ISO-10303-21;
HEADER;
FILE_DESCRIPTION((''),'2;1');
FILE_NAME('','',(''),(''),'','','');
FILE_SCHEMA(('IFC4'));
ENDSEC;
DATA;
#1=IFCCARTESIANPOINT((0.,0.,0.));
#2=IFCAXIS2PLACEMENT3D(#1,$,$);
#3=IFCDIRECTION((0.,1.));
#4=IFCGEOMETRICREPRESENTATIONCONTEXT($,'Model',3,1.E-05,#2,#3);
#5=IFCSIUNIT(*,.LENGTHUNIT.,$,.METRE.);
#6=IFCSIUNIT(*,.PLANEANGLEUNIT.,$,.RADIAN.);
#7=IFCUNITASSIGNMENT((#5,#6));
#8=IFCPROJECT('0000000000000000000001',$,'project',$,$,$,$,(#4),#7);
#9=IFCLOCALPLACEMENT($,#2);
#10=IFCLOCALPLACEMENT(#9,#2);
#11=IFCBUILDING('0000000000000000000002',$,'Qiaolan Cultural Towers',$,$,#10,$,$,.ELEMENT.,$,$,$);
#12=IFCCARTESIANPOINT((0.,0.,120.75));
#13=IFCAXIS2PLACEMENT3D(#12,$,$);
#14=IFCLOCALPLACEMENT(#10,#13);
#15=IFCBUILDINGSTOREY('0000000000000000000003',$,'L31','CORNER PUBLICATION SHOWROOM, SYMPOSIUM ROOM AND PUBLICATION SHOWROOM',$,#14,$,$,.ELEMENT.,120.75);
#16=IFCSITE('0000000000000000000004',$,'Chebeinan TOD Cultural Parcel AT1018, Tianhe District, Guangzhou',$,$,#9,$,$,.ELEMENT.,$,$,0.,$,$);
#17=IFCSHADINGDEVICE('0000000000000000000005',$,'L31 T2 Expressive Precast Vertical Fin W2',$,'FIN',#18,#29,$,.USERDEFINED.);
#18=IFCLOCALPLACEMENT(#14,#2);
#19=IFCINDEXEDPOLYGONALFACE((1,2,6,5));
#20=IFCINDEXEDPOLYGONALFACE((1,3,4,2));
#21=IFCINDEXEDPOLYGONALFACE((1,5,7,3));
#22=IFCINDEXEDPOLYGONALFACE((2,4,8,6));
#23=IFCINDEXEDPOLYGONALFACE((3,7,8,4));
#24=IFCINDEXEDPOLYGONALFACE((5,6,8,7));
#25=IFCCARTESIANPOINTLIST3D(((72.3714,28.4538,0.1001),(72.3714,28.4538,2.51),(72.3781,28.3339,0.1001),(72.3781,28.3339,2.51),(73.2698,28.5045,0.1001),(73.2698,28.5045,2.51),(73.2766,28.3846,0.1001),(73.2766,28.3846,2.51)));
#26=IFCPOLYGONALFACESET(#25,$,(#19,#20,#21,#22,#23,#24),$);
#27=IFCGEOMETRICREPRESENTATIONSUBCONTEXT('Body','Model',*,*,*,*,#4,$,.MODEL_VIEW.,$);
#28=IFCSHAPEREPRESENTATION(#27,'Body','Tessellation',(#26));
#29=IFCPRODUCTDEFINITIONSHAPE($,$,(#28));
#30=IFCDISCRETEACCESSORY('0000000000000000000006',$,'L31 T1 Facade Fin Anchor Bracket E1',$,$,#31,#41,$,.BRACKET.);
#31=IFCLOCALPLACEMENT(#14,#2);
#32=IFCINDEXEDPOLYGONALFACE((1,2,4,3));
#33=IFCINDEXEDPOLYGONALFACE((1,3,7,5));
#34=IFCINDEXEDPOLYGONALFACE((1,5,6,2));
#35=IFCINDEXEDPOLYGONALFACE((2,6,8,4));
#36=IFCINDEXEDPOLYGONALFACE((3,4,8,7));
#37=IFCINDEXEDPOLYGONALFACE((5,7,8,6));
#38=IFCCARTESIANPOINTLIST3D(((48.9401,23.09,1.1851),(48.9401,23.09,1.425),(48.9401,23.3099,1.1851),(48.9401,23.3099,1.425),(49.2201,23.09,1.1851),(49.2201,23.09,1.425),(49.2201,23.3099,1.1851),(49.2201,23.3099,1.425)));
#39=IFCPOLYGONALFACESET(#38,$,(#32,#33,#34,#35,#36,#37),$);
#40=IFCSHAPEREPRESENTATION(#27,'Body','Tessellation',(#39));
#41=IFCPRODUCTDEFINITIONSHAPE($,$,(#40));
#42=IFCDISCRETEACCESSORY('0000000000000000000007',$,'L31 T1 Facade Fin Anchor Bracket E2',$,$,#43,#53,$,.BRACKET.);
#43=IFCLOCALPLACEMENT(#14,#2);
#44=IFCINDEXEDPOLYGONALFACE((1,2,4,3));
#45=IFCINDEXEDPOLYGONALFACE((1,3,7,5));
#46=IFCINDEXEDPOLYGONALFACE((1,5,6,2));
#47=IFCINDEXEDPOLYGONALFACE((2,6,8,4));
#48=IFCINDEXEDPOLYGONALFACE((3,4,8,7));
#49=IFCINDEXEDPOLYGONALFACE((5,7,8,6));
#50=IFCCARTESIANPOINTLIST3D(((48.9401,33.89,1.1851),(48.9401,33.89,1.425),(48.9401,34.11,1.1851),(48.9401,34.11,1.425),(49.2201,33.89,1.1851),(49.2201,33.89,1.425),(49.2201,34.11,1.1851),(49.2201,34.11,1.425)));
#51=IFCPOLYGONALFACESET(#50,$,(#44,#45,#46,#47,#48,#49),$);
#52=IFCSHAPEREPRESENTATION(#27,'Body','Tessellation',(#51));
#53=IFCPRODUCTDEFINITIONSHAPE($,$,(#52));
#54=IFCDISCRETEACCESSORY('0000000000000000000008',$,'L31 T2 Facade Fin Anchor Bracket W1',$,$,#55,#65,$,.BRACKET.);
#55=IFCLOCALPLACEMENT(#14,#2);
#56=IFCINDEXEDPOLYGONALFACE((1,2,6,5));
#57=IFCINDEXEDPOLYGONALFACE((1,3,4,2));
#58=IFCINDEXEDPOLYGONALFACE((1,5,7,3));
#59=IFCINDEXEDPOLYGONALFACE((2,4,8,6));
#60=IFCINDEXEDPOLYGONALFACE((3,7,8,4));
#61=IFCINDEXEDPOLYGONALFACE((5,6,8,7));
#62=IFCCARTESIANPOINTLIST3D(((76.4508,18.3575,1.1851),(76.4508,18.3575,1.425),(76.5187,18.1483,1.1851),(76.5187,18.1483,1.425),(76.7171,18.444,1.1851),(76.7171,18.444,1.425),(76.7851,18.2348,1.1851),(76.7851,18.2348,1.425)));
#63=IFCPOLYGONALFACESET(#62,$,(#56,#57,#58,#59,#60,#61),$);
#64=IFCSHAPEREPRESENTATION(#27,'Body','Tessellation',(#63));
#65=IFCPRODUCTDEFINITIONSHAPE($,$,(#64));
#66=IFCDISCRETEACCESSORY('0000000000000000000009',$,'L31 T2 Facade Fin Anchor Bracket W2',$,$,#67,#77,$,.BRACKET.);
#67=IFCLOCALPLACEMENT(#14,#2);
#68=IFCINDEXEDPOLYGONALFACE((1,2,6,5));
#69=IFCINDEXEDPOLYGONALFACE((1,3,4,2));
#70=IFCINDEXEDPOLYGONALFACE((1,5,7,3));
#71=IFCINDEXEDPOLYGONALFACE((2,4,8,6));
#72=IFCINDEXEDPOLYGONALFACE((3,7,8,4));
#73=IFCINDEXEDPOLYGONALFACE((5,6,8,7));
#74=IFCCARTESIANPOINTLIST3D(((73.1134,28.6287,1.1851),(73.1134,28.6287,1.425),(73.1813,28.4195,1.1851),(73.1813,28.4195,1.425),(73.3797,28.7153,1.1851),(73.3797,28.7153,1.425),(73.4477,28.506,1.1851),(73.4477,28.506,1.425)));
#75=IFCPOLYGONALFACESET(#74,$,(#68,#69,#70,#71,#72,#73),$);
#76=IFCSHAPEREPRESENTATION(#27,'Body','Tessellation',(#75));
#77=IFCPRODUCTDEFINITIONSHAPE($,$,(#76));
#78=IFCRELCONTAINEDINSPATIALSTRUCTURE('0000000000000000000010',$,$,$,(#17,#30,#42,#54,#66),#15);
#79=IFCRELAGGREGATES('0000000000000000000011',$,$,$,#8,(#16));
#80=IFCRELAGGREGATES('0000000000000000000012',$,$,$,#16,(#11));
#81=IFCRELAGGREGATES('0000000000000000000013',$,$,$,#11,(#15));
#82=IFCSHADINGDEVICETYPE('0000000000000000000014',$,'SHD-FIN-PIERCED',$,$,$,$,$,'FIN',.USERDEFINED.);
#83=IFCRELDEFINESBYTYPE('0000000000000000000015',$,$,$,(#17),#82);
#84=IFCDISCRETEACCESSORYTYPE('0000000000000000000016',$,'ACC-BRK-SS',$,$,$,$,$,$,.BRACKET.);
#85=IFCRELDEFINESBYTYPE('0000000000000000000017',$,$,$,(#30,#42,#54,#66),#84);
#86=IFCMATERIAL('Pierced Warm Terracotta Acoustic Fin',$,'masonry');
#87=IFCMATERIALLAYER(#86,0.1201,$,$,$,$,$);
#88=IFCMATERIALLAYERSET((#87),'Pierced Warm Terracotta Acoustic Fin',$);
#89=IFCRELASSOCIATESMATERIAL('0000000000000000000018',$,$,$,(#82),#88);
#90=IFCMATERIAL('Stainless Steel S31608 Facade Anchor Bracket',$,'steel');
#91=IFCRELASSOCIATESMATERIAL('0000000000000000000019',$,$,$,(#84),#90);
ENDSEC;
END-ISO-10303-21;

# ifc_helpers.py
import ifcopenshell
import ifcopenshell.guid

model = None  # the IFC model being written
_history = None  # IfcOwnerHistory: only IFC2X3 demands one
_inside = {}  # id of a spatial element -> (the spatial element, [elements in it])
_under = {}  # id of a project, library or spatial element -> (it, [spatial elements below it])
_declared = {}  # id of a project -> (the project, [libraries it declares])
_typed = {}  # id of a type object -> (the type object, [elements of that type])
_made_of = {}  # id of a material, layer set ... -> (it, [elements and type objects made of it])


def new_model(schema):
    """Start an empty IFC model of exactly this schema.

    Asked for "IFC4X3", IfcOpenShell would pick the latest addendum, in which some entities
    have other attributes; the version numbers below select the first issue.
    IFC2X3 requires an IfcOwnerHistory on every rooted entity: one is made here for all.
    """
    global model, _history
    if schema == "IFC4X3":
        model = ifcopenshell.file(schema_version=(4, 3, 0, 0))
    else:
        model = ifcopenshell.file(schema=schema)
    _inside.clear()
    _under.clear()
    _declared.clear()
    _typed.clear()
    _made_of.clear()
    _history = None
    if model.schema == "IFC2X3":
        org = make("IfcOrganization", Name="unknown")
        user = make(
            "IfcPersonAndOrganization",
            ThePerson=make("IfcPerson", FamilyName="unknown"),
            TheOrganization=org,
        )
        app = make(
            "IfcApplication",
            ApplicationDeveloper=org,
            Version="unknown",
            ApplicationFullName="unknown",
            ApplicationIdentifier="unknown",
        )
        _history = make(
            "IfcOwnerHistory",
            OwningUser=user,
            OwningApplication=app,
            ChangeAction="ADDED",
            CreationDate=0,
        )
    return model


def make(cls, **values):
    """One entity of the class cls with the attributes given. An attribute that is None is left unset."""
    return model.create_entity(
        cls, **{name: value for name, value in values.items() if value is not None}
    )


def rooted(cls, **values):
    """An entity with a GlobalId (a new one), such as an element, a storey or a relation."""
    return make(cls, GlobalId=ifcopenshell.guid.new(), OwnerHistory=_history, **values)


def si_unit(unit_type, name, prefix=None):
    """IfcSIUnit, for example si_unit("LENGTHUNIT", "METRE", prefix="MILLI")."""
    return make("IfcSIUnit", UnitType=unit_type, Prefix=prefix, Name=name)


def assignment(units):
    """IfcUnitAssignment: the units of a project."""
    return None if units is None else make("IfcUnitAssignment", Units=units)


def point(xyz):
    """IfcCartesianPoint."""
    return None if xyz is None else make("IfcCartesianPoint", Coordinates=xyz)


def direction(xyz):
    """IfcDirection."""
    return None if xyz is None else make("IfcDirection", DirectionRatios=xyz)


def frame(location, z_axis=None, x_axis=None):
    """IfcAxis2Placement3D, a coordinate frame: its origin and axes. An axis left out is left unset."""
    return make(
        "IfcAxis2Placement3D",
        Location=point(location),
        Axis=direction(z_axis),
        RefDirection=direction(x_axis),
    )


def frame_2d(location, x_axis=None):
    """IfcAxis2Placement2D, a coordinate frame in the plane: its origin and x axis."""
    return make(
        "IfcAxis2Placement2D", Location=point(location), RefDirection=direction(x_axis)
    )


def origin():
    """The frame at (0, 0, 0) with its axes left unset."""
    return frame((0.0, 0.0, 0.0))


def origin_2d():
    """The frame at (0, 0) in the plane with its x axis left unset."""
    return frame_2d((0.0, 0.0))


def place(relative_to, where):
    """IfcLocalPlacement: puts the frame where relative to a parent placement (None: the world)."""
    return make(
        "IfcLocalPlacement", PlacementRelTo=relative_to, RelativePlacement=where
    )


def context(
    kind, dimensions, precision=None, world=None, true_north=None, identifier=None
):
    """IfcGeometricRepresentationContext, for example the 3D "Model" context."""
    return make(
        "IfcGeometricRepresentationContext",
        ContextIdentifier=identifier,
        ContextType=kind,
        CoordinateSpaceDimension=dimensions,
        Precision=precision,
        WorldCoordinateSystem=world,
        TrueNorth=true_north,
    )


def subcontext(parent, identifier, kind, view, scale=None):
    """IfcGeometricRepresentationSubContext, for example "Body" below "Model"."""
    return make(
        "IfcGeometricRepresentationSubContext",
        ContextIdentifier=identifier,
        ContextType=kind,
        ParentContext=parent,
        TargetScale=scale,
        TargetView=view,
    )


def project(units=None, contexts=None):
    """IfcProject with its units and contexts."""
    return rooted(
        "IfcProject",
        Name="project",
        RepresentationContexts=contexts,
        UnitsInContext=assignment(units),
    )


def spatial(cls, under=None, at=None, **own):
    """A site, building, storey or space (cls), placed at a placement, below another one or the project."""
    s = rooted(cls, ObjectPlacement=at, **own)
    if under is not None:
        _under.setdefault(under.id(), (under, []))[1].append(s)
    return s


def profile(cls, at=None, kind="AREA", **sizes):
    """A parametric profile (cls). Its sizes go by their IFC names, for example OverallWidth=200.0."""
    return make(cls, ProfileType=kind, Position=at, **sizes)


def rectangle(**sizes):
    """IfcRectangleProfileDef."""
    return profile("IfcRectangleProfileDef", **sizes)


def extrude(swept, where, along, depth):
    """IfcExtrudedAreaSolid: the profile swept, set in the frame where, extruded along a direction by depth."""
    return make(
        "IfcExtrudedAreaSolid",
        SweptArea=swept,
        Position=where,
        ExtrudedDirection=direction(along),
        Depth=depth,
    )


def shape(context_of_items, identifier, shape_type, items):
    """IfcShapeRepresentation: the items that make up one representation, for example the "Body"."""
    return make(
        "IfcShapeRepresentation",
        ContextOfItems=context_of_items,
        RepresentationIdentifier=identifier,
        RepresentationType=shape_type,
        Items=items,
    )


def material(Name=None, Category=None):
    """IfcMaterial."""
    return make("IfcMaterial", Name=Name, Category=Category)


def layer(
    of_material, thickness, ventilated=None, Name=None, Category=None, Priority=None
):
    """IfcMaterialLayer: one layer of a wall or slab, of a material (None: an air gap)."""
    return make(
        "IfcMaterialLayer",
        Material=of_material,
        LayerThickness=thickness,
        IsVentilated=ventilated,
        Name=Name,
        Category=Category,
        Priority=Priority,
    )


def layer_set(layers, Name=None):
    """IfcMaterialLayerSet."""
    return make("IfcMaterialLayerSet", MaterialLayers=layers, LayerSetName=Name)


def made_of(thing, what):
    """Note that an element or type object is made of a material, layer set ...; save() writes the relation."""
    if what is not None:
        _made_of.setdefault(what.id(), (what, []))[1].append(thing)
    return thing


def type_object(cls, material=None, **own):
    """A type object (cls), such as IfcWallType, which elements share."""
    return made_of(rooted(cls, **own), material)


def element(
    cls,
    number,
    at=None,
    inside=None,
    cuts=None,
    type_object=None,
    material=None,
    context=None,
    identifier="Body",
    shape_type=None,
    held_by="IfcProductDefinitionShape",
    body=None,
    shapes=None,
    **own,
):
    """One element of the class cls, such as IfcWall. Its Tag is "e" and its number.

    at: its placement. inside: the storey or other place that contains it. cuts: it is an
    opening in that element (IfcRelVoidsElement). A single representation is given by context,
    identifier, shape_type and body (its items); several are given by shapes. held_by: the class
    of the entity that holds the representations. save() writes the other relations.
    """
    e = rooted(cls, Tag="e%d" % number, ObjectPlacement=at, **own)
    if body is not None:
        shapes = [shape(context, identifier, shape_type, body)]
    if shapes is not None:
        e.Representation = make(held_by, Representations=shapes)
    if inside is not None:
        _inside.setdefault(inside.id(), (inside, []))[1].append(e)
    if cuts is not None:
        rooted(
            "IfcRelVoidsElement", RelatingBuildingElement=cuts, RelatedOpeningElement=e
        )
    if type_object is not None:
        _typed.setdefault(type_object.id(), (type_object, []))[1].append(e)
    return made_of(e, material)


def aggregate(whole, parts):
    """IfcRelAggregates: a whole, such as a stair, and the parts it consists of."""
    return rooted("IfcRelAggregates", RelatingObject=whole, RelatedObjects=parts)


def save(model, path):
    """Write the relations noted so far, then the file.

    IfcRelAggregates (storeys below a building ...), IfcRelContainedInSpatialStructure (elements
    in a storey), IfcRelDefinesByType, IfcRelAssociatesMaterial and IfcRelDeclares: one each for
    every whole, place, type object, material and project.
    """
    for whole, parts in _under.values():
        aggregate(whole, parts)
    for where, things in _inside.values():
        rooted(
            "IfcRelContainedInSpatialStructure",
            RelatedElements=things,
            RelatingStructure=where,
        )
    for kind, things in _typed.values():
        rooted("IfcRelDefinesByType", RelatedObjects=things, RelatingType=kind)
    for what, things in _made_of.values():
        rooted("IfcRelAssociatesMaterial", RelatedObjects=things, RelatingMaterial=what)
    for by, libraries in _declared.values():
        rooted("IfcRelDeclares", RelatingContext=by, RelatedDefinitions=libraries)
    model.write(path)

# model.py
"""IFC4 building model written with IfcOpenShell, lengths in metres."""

from ifc_helpers import new_model, si_unit, direction, frame, origin, origin_2d, place, context, subcontext, project, spatial, rectangle, extrude, material, layer, layer_set, type_object, element, save


model = new_model("IFC4")

# Units and contexts
model_context = context("Model", 3, precision=1e-05, world=origin(), true_north=direction((0.0, 1.0)))
body_context = subcontext(model_context, "Body", "Model", "MODEL_VIEW")
ifc_project = project(units=[si_unit("LENGTHUNIT", "METRE"), si_unit("PLANEANGLEUNIT", "RADIAN")], contexts=[model_context])

# Site, building, storey
site_placement = place(None, origin())
site = spatial("IfcSite", under=ifc_project, at=site_placement, Name="Chebeinan TOD Cultural Parcel AT1018, Tianhe District, Guangzhou", CompositionType="ELEMENT", RefElevation=0.0)
building_placement = place(site_placement, origin())
building = spatial("IfcBuilding", under=site, at=building_placement, Name="Qiaolan Cultural Towers", CompositionType="ELEMENT")
storey_placement = place(building_placement, frame((0.0, 0.0, 120.75)))
storey = spatial("IfcBuildingStorey", under=building, at=storey_placement, Name="L31", Description="CORNER PUBLICATION SHOWROOM, SYMPOSIUM ROOM AND PUBLICATION SHOWROOM", CompositionType="ELEMENT", Elevation=120.75)

# Shading device
ifc_material_1 = material(Name="Pierced Warm Terracotta Acoustic Fin", Category="masonry")
ifc_layer_1 = layer(ifc_material_1, 0.1201)
ifc_layer_set_1 = layer_set([ifc_layer_1], Name="Pierced Warm Terracotta Acoustic Fin")
shading_device_type = type_object("IfcShadingDeviceType", Name="SHD-FIN-PIERCED", ElementType="FIN", PredefinedType="USERDEFINED", material=ifc_layer_set_1)
for number, where, z_axis, x_axis, name in (
    (1, (72.824, 28.4192, 0.1001), (0.0, 0.0, 1.0), (0.998413, 0.056307, 0.0), "L31 T2 Expressive Precast Vertical Fin W2"),
):
    element("IfcShadingDevice", number, at=place(storey_placement, frame(where, z_axis=z_axis, x_axis=x_axis)), inside=storey, type_object=shading_device_type, Name=name, ObjectType="FIN", PredefinedType="USERDEFINED", context=body_context, shape_type="SweptSolid", body=[
        extrude(rectangle(XDim=0.8999, YDim=0.1201, at=origin_2d()), origin(), (0.0, 0.0, 1.0), 2.4099),
    ])

# Discrete accessories
ifc_material_2 = material(Name="Stainless Steel S31608 Facade Anchor Bracket", Category="steel")
discrete_accessory_type = type_object("IfcDiscreteAccessoryType", Name="ACC-BRK-SS", PredefinedType="BRACKET", material=ifc_material_2)
for number, where, z_axis, x_axis, name in (
    (2, (49.0801, 23.2, 1.1851), (0.0, 0.0, 1.0), (1.0, 0.0, 0.0), "L31 T1 Facade Fin Anchor Bracket E1"),
    (3, (49.0801, 34.0, 1.1851), (0.0, 0.0, 1.0), (1.0, 0.0, 0.0), "L31 T1 Facade Fin Anchor Bracket E2"),
    (4, (76.6179, 18.2961, 1.1851), (0.0, 0.0, 1.0), (0.951057, 0.309017, 0.0), "L31 T2 Facade Fin Anchor Bracket W1"),
    (5, (73.2805, 28.5674, 1.1851), (0.0, 0.0, 1.0), (0.951057, 0.309017, 0.0), "L31 T2 Facade Fin Anchor Bracket W2"),
):
    element("IfcDiscreteAccessory", number, at=place(storey_placement, frame(where, z_axis=z_axis, x_axis=x_axis)), inside=storey, type_object=discrete_accessory_type, Name=name, PredefinedType="BRACKET", context=body_context, shape_type="SweptSolid", body=[
        extrude(rectangle(XDim=0.28, YDim=0.22, at=origin_2d()), origin(), (0.0, 0.0, 1.0), 0.24),
    ])

save(model, "model.ifc")
